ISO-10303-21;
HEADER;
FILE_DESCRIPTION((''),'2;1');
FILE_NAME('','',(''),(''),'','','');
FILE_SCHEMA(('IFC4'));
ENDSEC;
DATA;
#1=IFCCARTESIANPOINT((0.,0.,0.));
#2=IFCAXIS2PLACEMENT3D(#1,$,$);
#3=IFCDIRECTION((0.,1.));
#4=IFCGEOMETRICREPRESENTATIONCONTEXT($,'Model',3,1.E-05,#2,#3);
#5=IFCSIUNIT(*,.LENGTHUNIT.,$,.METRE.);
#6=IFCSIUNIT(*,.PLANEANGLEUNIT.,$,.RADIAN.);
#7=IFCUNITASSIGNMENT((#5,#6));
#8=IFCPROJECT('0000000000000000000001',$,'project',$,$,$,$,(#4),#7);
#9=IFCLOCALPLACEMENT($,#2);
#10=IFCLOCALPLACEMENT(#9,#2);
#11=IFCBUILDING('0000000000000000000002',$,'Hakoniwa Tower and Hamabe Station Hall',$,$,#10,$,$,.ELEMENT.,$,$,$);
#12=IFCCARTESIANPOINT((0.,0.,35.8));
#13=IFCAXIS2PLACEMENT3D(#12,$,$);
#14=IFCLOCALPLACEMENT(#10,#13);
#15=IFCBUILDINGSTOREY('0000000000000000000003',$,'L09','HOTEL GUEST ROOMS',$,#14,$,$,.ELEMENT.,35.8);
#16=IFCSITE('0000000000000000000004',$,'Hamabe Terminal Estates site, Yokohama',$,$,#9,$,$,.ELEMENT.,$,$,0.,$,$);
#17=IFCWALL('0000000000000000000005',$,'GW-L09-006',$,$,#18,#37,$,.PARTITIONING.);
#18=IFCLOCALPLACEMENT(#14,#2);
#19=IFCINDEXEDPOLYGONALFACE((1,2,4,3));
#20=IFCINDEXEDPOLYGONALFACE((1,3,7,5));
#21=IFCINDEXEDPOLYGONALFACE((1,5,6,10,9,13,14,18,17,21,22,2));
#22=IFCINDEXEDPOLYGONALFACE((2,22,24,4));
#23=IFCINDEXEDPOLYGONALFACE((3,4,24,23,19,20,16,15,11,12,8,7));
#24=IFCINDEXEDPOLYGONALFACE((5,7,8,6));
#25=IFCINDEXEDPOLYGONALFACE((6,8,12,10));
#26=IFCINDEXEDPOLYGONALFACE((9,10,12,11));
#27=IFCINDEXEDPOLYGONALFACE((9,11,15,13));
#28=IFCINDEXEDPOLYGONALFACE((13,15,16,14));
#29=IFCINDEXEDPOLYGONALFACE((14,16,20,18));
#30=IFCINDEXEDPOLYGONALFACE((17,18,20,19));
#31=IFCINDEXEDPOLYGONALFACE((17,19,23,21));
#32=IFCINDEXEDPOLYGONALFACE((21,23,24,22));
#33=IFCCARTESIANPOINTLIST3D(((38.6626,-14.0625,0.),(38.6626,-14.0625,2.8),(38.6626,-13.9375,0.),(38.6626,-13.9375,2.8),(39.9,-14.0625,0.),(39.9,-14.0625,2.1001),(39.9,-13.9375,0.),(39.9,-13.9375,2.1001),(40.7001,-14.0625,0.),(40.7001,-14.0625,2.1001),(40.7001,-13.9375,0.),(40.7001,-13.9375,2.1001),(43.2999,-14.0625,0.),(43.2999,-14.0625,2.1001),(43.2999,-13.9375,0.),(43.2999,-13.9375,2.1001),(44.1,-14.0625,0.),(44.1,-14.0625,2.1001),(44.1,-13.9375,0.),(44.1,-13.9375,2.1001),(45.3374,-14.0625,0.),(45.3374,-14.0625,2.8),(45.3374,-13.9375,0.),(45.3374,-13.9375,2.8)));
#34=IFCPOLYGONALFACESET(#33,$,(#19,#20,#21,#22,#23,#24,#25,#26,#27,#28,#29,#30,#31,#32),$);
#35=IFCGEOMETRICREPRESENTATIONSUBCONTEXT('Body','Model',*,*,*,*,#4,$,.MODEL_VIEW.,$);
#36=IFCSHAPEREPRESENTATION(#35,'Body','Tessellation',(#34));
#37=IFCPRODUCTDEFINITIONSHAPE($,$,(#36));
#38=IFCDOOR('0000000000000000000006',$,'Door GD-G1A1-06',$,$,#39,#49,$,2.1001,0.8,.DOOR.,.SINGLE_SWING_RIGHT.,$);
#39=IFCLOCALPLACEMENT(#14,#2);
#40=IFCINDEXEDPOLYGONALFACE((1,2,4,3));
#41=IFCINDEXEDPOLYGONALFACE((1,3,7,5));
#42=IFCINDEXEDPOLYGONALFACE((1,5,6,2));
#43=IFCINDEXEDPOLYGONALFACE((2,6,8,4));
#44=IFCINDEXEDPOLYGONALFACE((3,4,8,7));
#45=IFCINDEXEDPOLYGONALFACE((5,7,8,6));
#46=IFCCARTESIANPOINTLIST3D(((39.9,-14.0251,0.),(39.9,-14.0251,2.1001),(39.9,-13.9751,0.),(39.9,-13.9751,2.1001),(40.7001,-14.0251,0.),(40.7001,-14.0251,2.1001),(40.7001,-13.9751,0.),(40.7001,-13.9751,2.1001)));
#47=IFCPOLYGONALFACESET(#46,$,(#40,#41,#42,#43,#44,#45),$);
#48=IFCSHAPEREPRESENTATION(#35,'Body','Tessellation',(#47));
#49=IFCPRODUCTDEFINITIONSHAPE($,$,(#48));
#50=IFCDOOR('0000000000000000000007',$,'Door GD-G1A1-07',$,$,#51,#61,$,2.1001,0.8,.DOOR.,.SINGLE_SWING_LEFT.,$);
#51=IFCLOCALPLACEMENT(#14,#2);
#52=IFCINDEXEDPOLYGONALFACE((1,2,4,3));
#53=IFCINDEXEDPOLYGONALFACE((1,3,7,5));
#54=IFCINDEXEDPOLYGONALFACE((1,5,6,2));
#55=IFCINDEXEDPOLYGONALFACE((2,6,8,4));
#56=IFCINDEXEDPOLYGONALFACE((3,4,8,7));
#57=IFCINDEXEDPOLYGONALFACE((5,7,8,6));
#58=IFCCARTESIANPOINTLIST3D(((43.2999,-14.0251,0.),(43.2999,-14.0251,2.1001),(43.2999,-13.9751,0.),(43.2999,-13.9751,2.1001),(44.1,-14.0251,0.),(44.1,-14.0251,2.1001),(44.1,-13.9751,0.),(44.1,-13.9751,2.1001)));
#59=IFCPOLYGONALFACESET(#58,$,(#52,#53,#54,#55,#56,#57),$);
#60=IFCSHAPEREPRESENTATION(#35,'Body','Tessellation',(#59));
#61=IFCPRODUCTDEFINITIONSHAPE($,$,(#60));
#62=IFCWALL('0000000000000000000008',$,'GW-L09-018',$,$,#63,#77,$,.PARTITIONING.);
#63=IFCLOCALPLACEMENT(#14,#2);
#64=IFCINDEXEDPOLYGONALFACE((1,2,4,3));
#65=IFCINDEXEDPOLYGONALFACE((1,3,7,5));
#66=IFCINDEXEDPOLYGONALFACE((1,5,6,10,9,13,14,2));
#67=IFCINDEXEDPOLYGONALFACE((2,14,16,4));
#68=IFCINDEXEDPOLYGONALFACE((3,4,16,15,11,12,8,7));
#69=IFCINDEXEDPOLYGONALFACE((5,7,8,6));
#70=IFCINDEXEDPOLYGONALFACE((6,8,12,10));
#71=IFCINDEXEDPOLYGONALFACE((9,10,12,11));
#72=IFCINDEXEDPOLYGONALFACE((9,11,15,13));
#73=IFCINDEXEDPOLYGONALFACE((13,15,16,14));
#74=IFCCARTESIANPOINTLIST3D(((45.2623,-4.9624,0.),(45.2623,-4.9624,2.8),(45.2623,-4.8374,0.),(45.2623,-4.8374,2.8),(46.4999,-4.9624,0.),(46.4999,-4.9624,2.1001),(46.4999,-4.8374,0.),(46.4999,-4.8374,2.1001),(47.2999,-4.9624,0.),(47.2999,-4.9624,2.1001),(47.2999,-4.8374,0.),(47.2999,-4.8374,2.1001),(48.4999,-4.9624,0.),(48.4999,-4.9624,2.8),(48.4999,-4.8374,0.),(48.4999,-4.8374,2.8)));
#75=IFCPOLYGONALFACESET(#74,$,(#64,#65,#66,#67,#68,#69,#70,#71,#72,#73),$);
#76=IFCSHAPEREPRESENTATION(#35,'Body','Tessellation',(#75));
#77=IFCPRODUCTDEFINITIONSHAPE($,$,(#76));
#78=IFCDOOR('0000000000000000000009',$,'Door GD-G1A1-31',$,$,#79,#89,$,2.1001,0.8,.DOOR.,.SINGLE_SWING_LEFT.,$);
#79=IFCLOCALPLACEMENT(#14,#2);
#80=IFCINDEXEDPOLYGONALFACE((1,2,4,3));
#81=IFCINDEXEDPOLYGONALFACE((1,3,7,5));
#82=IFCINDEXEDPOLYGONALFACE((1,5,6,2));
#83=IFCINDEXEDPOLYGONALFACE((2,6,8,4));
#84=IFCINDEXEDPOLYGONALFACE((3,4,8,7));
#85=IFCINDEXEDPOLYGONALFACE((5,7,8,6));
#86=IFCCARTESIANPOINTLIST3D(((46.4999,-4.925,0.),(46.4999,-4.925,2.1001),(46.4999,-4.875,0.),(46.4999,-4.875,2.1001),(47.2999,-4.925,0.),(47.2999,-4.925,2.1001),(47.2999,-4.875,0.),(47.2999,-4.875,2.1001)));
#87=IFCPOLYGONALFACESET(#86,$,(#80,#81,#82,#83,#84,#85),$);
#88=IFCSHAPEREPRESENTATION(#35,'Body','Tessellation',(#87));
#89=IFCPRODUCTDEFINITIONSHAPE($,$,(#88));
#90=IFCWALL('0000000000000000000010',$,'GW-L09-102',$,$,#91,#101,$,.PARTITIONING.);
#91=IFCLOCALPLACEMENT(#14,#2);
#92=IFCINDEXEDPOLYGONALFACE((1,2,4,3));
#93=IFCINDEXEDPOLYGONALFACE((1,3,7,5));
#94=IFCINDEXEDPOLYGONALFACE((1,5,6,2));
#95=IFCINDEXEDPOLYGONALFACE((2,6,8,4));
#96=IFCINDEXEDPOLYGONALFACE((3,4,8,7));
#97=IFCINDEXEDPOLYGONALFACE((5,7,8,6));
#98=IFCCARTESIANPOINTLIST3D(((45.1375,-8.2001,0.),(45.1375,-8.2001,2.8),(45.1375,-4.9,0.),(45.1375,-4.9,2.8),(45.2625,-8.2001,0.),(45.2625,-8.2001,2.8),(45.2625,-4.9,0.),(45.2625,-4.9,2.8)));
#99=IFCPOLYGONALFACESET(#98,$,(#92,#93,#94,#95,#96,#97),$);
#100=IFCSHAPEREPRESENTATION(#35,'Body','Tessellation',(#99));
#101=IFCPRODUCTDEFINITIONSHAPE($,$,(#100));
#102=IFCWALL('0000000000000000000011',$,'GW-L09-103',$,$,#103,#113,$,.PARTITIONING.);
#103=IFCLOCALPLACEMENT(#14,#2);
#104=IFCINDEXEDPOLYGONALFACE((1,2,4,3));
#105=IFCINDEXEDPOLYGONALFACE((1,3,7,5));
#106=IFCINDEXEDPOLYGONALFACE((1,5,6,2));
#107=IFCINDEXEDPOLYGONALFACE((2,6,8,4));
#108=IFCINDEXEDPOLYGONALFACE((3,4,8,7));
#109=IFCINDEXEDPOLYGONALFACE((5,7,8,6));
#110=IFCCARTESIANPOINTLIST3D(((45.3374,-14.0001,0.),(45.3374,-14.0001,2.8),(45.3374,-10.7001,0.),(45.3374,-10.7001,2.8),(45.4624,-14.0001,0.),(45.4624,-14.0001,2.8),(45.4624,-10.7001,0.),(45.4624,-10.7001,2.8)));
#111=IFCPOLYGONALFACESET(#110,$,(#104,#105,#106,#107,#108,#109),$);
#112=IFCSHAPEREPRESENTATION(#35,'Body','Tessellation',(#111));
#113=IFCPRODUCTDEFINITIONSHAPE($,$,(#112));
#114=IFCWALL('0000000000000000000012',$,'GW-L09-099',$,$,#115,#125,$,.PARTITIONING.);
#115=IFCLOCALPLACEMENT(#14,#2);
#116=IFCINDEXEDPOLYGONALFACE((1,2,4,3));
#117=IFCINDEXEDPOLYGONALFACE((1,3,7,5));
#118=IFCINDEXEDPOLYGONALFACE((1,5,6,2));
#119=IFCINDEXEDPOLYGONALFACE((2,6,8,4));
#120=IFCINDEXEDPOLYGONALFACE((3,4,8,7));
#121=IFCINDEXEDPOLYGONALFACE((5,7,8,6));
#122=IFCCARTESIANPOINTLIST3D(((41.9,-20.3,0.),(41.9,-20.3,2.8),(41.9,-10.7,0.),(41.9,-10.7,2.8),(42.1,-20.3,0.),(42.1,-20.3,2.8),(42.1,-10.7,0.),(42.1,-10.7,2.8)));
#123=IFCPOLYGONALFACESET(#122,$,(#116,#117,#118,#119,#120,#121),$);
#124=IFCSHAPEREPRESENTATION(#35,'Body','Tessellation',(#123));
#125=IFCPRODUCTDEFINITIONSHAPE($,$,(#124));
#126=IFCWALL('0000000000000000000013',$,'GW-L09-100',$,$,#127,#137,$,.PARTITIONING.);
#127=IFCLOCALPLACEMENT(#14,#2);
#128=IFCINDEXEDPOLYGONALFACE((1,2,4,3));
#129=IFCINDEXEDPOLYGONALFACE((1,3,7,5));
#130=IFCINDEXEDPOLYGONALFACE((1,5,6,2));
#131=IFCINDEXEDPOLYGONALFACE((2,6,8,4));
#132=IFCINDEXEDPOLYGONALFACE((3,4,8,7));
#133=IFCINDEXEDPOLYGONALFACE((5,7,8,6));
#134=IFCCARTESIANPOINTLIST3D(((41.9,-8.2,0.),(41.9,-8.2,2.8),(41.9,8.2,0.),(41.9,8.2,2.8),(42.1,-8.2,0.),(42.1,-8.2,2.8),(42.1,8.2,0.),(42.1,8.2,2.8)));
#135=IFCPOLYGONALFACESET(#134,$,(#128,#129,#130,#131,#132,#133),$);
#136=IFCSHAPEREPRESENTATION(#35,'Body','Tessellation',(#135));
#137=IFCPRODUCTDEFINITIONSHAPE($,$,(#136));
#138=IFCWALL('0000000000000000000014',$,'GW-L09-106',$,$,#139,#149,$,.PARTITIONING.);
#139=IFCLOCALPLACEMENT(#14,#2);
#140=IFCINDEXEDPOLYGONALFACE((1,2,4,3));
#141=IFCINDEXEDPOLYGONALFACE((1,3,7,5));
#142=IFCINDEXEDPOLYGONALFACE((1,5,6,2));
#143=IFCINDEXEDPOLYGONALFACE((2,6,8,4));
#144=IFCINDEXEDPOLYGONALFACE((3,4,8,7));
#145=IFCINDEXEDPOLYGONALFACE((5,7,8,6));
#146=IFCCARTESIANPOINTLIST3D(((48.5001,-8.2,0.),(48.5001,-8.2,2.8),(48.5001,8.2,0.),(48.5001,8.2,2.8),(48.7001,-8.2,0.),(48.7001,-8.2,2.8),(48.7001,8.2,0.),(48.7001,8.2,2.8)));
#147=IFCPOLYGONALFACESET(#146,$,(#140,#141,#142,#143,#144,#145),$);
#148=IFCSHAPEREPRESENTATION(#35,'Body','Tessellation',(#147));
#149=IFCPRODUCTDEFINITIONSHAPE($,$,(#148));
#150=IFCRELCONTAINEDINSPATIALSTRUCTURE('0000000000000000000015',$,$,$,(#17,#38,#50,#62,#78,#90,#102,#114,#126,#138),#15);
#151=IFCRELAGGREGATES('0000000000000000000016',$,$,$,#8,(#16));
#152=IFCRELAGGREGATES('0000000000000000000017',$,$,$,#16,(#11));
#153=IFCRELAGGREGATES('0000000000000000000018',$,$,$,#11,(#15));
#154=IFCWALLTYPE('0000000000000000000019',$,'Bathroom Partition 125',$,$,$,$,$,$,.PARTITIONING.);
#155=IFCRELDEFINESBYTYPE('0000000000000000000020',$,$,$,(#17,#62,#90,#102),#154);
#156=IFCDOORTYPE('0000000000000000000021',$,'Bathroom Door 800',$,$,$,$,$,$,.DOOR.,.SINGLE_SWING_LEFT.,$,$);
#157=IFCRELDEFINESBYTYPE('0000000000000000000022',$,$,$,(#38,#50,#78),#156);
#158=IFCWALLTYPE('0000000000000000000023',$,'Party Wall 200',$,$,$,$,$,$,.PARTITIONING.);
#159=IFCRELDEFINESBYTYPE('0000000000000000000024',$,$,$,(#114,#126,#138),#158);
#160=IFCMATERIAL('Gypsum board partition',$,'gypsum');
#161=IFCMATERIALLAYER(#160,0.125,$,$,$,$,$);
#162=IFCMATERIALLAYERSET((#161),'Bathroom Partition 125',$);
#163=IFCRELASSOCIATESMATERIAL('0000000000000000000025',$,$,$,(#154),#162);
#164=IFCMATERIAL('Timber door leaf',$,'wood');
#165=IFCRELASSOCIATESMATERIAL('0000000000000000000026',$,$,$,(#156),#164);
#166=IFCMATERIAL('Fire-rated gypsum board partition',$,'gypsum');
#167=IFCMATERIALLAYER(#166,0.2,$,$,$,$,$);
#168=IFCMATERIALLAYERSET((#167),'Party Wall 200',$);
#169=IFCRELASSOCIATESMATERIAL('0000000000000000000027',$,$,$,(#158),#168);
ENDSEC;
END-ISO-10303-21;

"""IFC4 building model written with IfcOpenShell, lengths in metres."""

from ifc_helpers import new_model, si_unit, direction, frame, frame_2d, origin, place, context, subcontext, project, spatial, rectangle, extrude, material, layer, layer_set, type_object, element, fill, save


model = new_model("IFC4")

# Units and contexts
model_context = context("Model", 3, precision=1e-05, world=origin(), true_north=direction((0.0, 1.0)))
body_context = subcontext(model_context, "Body", "Model", "MODEL_VIEW")
ifc_project = project(units=[si_unit("LENGTHUNIT", "METRE"), si_unit("PLANEANGLEUNIT", "RADIAN")], contexts=[model_context])

# Site, building, storey
site_placement = place(None, origin())
site = spatial("IfcSite", under=ifc_project, at=site_placement, Name="Hamabe Terminal Estates site, Yokohama", CompositionType="ELEMENT", RefElevation=0.0)
building_placement = place(site_placement, origin())
building = spatial("IfcBuilding", under=site, at=building_placement, Name="Hakoniwa Tower and Hamabe Station Hall", CompositionType="ELEMENT")
storey_placement = place(building_placement, frame((0.0, 0.0, 35.8)))
storey = spatial("IfcBuildingStorey", under=building, at=storey_placement, Name="L09", Description="HOTEL GUEST ROOMS", CompositionType="ELEMENT", Elevation=35.8)

# Wall, openings, doors
ifc_material_1 = material(Name="Gypsum board partition", Category="gypsum")
ifc_layer_1 = layer(ifc_material_1, 0.125)
ifc_layer_set_1 = layer_set([ifc_layer_1], Name="Bathroom Partition 125")
wall_type_1 = type_object("IfcWallType", Name="Bathroom Partition 125", PredefinedType="PARTITIONING", material=ifc_layer_set_1)
wall_1_placement = place(storey_placement, frame((38.6626, -14.0, 0.0), z_axis=(0.0, 0.0, 1.0), x_axis=(1.0, 0.0, 0.0)))
wall_1 = element("IfcWall", 1, at=wall_1_placement, inside=storey, type_object=wall_type_1, Name="GW-L09-006", PredefinedType="PARTITIONING", context=body_context, shape_type="SweptSolid", body=[
    extrude(rectangle(XDim=6.6748, YDim=0.125, at=frame_2d((3.3374, 0.0))), origin(), (0.0, 0.0, 1.0), 2.8),
])
opening_1_placement = place(wall_1_placement, frame((1.2375, 0.0, 0.0)))
opening_1 = element("IfcOpeningElement", 2, at=opening_1_placement, cuts=wall_1, PredefinedType="OPENING", context=body_context, shape_type="SweptSolid", body=[
    extrude(rectangle(XDim=0.8, YDim=2.1001, at=frame_2d((0.3999, 1.05))), frame((0.0, 0.0725, 0.0), z_axis=(0.0, -1.0, 0.0), x_axis=(1.0, 0.0, 0.0)), (0.0, 0.0, 1.0), 0.145),
])
opening_2_placement = place(wall_1_placement, frame((4.6375, 0.0, 0.0)))
opening_2 = element("IfcOpeningElement", 3, at=opening_2_placement, cuts=wall_1, PredefinedType="OPENING", context=body_context, shape_type="SweptSolid", body=[
    extrude(rectangle(XDim=0.8, YDim=2.1001, at=frame_2d((0.3999, 1.05))), frame((0.0, 0.0725, 0.0), z_axis=(0.0, -1.0, 0.0), x_axis=(1.0, 0.0, 0.0)), (0.0, 0.0, 1.0), 0.145),
])
ifc_material_2 = material(Name="Timber door leaf", Category="wood")
door_type = type_object("IfcDoorType", Name="Bathroom Door 800", OperationType="SINGLE_SWING_LEFT", PredefinedType="DOOR", material=ifc_material_2)
door_1_placement = place(opening_1_placement, origin())
door_1 = element("IfcDoor", 4, at=door_1_placement, inside=storey, type_object=door_type, Name="Door GD-G1A1-06", OperationType="SINGLE_SWING_RIGHT", OverallHeight=2.1001, OverallWidth=0.8, PredefinedType="DOOR", context=body_context, shape_type="SweptSolid", body=[
    extrude(rectangle(XDim=0.8, YDim=2.1001, at=frame_2d((0.3999, 1.05))), frame((0.0, 0.0249, 0.0), z_axis=(0.0, -1.0, 0.0), x_axis=(1.0, 0.0, 0.0)), (0.0, 0.0, 1.0), 0.05),
])
fill(opening_1, door_1)
door_2_placement = place(opening_2_placement, origin())
door_2 = element("IfcDoor", 5, at=door_2_placement, inside=storey, type_object=door_type, Name="Door GD-G1A1-07", OperationType="SINGLE_SWING_LEFT", OverallHeight=2.1001, OverallWidth=0.8, PredefinedType="DOOR", context=body_context, shape_type="SweptSolid", body=[
    extrude(rectangle(XDim=0.8, YDim=2.1001, at=frame_2d((0.3999, 1.05))), frame((0.0, 0.0249, 0.0), z_axis=(0.0, -1.0, 0.0), x_axis=(1.0, 0.0, 0.0)), (0.0, 0.0, 1.0), 0.05),
])
fill(opening_2, door_2)

# Wall, opening, door
wall_2_placement = place(storey_placement, frame((45.2625, -4.8999, 0.0), z_axis=(0.0, 0.0, 1.0), x_axis=(1.0, 0.0, 0.0)))
wall_2 = element("IfcWall", 6, at=wall_2_placement, inside=storey, type_object=wall_type_1, Name="GW-L09-018", PredefinedType="PARTITIONING", context=body_context, shape_type="SweptSolid", body=[
    extrude(rectangle(XDim=3.2375, YDim=0.125, at=frame_2d((1.6187, 0.0))), origin(), (0.0, 0.0, 1.0), 2.8),
])
opening_3_placement = place(wall_2_placement, frame((1.2375, 0.0, 0.0)))
opening_3 = element("IfcOpeningElement", 7, at=opening_3_placement, cuts=wall_2, PredefinedType="OPENING", context=body_context, shape_type="SweptSolid", body=[
    extrude(rectangle(XDim=0.8, YDim=2.1001, at=frame_2d((0.3999, 1.05))), frame((0.0, 0.0725, 0.0), z_axis=(0.0, -1.0, 0.0), x_axis=(1.0, 0.0, 0.0)), (0.0, 0.0, 1.0), 0.145),
])
door_3_placement = place(opening_3_placement, origin())
door_3 = element("IfcDoor", 8, at=door_3_placement, inside=storey, type_object=door_type, Name="Door GD-G1A1-31", OperationType="SINGLE_SWING_LEFT", OverallHeight=2.1001, OverallWidth=0.8, PredefinedType="DOOR", context=body_context, shape_type="SweptSolid", body=[
    extrude(rectangle(XDim=0.8, YDim=2.1001, at=frame_2d((0.3999, 1.05))), frame((0.0, 0.0249, 0.0), z_axis=(0.0, -1.0, 0.0), x_axis=(1.0, 0.0, 0.0)), (0.0, 0.0, 1.0), 0.05),
])
fill(opening_3, door_3)

# Walls
for number, where, z_axis, x_axis, name in (
    (9, (45.2, -8.2, 0.0), (0.0, 0.0, 1.0), (0.0, 1.0, 0.0), "GW-L09-102"),
    (10, (45.3999, -14.0, 0.0), (0.0, 0.0, 1.0), (0.0, 1.0, 0.0), "GW-L09-103"),
):
    element("IfcWall", number, at=place(storey_placement, frame(where, z_axis=z_axis, x_axis=x_axis)), inside=storey, type_object=wall_type_1, Name=name, PredefinedType="PARTITIONING", context=body_context, shape_type="SweptSolid", body=[
        extrude(rectangle(XDim=3.3, YDim=0.125, at=frame_2d((1.6499, 0.0))), origin(), (0.0, 0.0, 1.0), 2.8),
    ])
ifc_material_3 = material(Name="Fire-rated gypsum board partition", Category="gypsum")
ifc_layer_2 = layer(ifc_material_3, 0.2)
ifc_layer_set_2 = layer_set([ifc_layer_2], Name="Party Wall 200")
wall_type_2 = type_object("IfcWallType", Name="Party Wall 200", PredefinedType="PARTITIONING", material=ifc_layer_set_2)
wall_3_placement = place(storey_placement, frame((42.0, -20.3, 0.0), z_axis=(0.0, 0.0, 1.0), x_axis=(0.0, 1.0, 0.0)))
element("IfcWall", 11, at=wall_3_placement, inside=storey, type_object=wall_type_2, Name="GW-L09-099", PredefinedType="PARTITIONING", context=body_context, shape_type="SweptSolid", body=[
    extrude(rectangle(XDim=9.6001, YDim=0.2, at=frame_2d((4.8, 0.0))), origin(), (0.0, 0.0, 1.0), 2.8),
])
for number, where, z_axis, x_axis, name in (
    (12, (42.0, -8.2, 0.0), (0.0, 0.0, 1.0), (0.0, 1.0, 0.0), "GW-L09-100"),
    (13, (48.6001, -8.2, 0.0), (0.0, 0.0, 1.0), (0.0, 1.0, 0.0), "GW-L09-106"),
):
    element("IfcWall", number, at=place(storey_placement, frame(where, z_axis=z_axis, x_axis=x_axis)), inside=storey, type_object=wall_type_2, Name=name, PredefinedType="PARTITIONING", context=body_context, shape_type="SweptSolid", body=[
        extrude(rectangle(XDim=16.3999, YDim=0.2, at=frame_2d((8.2, 0.0))), origin(), (0.0, 0.0, 1.0), 2.8),
    ])

save(model, "model.ifc")
